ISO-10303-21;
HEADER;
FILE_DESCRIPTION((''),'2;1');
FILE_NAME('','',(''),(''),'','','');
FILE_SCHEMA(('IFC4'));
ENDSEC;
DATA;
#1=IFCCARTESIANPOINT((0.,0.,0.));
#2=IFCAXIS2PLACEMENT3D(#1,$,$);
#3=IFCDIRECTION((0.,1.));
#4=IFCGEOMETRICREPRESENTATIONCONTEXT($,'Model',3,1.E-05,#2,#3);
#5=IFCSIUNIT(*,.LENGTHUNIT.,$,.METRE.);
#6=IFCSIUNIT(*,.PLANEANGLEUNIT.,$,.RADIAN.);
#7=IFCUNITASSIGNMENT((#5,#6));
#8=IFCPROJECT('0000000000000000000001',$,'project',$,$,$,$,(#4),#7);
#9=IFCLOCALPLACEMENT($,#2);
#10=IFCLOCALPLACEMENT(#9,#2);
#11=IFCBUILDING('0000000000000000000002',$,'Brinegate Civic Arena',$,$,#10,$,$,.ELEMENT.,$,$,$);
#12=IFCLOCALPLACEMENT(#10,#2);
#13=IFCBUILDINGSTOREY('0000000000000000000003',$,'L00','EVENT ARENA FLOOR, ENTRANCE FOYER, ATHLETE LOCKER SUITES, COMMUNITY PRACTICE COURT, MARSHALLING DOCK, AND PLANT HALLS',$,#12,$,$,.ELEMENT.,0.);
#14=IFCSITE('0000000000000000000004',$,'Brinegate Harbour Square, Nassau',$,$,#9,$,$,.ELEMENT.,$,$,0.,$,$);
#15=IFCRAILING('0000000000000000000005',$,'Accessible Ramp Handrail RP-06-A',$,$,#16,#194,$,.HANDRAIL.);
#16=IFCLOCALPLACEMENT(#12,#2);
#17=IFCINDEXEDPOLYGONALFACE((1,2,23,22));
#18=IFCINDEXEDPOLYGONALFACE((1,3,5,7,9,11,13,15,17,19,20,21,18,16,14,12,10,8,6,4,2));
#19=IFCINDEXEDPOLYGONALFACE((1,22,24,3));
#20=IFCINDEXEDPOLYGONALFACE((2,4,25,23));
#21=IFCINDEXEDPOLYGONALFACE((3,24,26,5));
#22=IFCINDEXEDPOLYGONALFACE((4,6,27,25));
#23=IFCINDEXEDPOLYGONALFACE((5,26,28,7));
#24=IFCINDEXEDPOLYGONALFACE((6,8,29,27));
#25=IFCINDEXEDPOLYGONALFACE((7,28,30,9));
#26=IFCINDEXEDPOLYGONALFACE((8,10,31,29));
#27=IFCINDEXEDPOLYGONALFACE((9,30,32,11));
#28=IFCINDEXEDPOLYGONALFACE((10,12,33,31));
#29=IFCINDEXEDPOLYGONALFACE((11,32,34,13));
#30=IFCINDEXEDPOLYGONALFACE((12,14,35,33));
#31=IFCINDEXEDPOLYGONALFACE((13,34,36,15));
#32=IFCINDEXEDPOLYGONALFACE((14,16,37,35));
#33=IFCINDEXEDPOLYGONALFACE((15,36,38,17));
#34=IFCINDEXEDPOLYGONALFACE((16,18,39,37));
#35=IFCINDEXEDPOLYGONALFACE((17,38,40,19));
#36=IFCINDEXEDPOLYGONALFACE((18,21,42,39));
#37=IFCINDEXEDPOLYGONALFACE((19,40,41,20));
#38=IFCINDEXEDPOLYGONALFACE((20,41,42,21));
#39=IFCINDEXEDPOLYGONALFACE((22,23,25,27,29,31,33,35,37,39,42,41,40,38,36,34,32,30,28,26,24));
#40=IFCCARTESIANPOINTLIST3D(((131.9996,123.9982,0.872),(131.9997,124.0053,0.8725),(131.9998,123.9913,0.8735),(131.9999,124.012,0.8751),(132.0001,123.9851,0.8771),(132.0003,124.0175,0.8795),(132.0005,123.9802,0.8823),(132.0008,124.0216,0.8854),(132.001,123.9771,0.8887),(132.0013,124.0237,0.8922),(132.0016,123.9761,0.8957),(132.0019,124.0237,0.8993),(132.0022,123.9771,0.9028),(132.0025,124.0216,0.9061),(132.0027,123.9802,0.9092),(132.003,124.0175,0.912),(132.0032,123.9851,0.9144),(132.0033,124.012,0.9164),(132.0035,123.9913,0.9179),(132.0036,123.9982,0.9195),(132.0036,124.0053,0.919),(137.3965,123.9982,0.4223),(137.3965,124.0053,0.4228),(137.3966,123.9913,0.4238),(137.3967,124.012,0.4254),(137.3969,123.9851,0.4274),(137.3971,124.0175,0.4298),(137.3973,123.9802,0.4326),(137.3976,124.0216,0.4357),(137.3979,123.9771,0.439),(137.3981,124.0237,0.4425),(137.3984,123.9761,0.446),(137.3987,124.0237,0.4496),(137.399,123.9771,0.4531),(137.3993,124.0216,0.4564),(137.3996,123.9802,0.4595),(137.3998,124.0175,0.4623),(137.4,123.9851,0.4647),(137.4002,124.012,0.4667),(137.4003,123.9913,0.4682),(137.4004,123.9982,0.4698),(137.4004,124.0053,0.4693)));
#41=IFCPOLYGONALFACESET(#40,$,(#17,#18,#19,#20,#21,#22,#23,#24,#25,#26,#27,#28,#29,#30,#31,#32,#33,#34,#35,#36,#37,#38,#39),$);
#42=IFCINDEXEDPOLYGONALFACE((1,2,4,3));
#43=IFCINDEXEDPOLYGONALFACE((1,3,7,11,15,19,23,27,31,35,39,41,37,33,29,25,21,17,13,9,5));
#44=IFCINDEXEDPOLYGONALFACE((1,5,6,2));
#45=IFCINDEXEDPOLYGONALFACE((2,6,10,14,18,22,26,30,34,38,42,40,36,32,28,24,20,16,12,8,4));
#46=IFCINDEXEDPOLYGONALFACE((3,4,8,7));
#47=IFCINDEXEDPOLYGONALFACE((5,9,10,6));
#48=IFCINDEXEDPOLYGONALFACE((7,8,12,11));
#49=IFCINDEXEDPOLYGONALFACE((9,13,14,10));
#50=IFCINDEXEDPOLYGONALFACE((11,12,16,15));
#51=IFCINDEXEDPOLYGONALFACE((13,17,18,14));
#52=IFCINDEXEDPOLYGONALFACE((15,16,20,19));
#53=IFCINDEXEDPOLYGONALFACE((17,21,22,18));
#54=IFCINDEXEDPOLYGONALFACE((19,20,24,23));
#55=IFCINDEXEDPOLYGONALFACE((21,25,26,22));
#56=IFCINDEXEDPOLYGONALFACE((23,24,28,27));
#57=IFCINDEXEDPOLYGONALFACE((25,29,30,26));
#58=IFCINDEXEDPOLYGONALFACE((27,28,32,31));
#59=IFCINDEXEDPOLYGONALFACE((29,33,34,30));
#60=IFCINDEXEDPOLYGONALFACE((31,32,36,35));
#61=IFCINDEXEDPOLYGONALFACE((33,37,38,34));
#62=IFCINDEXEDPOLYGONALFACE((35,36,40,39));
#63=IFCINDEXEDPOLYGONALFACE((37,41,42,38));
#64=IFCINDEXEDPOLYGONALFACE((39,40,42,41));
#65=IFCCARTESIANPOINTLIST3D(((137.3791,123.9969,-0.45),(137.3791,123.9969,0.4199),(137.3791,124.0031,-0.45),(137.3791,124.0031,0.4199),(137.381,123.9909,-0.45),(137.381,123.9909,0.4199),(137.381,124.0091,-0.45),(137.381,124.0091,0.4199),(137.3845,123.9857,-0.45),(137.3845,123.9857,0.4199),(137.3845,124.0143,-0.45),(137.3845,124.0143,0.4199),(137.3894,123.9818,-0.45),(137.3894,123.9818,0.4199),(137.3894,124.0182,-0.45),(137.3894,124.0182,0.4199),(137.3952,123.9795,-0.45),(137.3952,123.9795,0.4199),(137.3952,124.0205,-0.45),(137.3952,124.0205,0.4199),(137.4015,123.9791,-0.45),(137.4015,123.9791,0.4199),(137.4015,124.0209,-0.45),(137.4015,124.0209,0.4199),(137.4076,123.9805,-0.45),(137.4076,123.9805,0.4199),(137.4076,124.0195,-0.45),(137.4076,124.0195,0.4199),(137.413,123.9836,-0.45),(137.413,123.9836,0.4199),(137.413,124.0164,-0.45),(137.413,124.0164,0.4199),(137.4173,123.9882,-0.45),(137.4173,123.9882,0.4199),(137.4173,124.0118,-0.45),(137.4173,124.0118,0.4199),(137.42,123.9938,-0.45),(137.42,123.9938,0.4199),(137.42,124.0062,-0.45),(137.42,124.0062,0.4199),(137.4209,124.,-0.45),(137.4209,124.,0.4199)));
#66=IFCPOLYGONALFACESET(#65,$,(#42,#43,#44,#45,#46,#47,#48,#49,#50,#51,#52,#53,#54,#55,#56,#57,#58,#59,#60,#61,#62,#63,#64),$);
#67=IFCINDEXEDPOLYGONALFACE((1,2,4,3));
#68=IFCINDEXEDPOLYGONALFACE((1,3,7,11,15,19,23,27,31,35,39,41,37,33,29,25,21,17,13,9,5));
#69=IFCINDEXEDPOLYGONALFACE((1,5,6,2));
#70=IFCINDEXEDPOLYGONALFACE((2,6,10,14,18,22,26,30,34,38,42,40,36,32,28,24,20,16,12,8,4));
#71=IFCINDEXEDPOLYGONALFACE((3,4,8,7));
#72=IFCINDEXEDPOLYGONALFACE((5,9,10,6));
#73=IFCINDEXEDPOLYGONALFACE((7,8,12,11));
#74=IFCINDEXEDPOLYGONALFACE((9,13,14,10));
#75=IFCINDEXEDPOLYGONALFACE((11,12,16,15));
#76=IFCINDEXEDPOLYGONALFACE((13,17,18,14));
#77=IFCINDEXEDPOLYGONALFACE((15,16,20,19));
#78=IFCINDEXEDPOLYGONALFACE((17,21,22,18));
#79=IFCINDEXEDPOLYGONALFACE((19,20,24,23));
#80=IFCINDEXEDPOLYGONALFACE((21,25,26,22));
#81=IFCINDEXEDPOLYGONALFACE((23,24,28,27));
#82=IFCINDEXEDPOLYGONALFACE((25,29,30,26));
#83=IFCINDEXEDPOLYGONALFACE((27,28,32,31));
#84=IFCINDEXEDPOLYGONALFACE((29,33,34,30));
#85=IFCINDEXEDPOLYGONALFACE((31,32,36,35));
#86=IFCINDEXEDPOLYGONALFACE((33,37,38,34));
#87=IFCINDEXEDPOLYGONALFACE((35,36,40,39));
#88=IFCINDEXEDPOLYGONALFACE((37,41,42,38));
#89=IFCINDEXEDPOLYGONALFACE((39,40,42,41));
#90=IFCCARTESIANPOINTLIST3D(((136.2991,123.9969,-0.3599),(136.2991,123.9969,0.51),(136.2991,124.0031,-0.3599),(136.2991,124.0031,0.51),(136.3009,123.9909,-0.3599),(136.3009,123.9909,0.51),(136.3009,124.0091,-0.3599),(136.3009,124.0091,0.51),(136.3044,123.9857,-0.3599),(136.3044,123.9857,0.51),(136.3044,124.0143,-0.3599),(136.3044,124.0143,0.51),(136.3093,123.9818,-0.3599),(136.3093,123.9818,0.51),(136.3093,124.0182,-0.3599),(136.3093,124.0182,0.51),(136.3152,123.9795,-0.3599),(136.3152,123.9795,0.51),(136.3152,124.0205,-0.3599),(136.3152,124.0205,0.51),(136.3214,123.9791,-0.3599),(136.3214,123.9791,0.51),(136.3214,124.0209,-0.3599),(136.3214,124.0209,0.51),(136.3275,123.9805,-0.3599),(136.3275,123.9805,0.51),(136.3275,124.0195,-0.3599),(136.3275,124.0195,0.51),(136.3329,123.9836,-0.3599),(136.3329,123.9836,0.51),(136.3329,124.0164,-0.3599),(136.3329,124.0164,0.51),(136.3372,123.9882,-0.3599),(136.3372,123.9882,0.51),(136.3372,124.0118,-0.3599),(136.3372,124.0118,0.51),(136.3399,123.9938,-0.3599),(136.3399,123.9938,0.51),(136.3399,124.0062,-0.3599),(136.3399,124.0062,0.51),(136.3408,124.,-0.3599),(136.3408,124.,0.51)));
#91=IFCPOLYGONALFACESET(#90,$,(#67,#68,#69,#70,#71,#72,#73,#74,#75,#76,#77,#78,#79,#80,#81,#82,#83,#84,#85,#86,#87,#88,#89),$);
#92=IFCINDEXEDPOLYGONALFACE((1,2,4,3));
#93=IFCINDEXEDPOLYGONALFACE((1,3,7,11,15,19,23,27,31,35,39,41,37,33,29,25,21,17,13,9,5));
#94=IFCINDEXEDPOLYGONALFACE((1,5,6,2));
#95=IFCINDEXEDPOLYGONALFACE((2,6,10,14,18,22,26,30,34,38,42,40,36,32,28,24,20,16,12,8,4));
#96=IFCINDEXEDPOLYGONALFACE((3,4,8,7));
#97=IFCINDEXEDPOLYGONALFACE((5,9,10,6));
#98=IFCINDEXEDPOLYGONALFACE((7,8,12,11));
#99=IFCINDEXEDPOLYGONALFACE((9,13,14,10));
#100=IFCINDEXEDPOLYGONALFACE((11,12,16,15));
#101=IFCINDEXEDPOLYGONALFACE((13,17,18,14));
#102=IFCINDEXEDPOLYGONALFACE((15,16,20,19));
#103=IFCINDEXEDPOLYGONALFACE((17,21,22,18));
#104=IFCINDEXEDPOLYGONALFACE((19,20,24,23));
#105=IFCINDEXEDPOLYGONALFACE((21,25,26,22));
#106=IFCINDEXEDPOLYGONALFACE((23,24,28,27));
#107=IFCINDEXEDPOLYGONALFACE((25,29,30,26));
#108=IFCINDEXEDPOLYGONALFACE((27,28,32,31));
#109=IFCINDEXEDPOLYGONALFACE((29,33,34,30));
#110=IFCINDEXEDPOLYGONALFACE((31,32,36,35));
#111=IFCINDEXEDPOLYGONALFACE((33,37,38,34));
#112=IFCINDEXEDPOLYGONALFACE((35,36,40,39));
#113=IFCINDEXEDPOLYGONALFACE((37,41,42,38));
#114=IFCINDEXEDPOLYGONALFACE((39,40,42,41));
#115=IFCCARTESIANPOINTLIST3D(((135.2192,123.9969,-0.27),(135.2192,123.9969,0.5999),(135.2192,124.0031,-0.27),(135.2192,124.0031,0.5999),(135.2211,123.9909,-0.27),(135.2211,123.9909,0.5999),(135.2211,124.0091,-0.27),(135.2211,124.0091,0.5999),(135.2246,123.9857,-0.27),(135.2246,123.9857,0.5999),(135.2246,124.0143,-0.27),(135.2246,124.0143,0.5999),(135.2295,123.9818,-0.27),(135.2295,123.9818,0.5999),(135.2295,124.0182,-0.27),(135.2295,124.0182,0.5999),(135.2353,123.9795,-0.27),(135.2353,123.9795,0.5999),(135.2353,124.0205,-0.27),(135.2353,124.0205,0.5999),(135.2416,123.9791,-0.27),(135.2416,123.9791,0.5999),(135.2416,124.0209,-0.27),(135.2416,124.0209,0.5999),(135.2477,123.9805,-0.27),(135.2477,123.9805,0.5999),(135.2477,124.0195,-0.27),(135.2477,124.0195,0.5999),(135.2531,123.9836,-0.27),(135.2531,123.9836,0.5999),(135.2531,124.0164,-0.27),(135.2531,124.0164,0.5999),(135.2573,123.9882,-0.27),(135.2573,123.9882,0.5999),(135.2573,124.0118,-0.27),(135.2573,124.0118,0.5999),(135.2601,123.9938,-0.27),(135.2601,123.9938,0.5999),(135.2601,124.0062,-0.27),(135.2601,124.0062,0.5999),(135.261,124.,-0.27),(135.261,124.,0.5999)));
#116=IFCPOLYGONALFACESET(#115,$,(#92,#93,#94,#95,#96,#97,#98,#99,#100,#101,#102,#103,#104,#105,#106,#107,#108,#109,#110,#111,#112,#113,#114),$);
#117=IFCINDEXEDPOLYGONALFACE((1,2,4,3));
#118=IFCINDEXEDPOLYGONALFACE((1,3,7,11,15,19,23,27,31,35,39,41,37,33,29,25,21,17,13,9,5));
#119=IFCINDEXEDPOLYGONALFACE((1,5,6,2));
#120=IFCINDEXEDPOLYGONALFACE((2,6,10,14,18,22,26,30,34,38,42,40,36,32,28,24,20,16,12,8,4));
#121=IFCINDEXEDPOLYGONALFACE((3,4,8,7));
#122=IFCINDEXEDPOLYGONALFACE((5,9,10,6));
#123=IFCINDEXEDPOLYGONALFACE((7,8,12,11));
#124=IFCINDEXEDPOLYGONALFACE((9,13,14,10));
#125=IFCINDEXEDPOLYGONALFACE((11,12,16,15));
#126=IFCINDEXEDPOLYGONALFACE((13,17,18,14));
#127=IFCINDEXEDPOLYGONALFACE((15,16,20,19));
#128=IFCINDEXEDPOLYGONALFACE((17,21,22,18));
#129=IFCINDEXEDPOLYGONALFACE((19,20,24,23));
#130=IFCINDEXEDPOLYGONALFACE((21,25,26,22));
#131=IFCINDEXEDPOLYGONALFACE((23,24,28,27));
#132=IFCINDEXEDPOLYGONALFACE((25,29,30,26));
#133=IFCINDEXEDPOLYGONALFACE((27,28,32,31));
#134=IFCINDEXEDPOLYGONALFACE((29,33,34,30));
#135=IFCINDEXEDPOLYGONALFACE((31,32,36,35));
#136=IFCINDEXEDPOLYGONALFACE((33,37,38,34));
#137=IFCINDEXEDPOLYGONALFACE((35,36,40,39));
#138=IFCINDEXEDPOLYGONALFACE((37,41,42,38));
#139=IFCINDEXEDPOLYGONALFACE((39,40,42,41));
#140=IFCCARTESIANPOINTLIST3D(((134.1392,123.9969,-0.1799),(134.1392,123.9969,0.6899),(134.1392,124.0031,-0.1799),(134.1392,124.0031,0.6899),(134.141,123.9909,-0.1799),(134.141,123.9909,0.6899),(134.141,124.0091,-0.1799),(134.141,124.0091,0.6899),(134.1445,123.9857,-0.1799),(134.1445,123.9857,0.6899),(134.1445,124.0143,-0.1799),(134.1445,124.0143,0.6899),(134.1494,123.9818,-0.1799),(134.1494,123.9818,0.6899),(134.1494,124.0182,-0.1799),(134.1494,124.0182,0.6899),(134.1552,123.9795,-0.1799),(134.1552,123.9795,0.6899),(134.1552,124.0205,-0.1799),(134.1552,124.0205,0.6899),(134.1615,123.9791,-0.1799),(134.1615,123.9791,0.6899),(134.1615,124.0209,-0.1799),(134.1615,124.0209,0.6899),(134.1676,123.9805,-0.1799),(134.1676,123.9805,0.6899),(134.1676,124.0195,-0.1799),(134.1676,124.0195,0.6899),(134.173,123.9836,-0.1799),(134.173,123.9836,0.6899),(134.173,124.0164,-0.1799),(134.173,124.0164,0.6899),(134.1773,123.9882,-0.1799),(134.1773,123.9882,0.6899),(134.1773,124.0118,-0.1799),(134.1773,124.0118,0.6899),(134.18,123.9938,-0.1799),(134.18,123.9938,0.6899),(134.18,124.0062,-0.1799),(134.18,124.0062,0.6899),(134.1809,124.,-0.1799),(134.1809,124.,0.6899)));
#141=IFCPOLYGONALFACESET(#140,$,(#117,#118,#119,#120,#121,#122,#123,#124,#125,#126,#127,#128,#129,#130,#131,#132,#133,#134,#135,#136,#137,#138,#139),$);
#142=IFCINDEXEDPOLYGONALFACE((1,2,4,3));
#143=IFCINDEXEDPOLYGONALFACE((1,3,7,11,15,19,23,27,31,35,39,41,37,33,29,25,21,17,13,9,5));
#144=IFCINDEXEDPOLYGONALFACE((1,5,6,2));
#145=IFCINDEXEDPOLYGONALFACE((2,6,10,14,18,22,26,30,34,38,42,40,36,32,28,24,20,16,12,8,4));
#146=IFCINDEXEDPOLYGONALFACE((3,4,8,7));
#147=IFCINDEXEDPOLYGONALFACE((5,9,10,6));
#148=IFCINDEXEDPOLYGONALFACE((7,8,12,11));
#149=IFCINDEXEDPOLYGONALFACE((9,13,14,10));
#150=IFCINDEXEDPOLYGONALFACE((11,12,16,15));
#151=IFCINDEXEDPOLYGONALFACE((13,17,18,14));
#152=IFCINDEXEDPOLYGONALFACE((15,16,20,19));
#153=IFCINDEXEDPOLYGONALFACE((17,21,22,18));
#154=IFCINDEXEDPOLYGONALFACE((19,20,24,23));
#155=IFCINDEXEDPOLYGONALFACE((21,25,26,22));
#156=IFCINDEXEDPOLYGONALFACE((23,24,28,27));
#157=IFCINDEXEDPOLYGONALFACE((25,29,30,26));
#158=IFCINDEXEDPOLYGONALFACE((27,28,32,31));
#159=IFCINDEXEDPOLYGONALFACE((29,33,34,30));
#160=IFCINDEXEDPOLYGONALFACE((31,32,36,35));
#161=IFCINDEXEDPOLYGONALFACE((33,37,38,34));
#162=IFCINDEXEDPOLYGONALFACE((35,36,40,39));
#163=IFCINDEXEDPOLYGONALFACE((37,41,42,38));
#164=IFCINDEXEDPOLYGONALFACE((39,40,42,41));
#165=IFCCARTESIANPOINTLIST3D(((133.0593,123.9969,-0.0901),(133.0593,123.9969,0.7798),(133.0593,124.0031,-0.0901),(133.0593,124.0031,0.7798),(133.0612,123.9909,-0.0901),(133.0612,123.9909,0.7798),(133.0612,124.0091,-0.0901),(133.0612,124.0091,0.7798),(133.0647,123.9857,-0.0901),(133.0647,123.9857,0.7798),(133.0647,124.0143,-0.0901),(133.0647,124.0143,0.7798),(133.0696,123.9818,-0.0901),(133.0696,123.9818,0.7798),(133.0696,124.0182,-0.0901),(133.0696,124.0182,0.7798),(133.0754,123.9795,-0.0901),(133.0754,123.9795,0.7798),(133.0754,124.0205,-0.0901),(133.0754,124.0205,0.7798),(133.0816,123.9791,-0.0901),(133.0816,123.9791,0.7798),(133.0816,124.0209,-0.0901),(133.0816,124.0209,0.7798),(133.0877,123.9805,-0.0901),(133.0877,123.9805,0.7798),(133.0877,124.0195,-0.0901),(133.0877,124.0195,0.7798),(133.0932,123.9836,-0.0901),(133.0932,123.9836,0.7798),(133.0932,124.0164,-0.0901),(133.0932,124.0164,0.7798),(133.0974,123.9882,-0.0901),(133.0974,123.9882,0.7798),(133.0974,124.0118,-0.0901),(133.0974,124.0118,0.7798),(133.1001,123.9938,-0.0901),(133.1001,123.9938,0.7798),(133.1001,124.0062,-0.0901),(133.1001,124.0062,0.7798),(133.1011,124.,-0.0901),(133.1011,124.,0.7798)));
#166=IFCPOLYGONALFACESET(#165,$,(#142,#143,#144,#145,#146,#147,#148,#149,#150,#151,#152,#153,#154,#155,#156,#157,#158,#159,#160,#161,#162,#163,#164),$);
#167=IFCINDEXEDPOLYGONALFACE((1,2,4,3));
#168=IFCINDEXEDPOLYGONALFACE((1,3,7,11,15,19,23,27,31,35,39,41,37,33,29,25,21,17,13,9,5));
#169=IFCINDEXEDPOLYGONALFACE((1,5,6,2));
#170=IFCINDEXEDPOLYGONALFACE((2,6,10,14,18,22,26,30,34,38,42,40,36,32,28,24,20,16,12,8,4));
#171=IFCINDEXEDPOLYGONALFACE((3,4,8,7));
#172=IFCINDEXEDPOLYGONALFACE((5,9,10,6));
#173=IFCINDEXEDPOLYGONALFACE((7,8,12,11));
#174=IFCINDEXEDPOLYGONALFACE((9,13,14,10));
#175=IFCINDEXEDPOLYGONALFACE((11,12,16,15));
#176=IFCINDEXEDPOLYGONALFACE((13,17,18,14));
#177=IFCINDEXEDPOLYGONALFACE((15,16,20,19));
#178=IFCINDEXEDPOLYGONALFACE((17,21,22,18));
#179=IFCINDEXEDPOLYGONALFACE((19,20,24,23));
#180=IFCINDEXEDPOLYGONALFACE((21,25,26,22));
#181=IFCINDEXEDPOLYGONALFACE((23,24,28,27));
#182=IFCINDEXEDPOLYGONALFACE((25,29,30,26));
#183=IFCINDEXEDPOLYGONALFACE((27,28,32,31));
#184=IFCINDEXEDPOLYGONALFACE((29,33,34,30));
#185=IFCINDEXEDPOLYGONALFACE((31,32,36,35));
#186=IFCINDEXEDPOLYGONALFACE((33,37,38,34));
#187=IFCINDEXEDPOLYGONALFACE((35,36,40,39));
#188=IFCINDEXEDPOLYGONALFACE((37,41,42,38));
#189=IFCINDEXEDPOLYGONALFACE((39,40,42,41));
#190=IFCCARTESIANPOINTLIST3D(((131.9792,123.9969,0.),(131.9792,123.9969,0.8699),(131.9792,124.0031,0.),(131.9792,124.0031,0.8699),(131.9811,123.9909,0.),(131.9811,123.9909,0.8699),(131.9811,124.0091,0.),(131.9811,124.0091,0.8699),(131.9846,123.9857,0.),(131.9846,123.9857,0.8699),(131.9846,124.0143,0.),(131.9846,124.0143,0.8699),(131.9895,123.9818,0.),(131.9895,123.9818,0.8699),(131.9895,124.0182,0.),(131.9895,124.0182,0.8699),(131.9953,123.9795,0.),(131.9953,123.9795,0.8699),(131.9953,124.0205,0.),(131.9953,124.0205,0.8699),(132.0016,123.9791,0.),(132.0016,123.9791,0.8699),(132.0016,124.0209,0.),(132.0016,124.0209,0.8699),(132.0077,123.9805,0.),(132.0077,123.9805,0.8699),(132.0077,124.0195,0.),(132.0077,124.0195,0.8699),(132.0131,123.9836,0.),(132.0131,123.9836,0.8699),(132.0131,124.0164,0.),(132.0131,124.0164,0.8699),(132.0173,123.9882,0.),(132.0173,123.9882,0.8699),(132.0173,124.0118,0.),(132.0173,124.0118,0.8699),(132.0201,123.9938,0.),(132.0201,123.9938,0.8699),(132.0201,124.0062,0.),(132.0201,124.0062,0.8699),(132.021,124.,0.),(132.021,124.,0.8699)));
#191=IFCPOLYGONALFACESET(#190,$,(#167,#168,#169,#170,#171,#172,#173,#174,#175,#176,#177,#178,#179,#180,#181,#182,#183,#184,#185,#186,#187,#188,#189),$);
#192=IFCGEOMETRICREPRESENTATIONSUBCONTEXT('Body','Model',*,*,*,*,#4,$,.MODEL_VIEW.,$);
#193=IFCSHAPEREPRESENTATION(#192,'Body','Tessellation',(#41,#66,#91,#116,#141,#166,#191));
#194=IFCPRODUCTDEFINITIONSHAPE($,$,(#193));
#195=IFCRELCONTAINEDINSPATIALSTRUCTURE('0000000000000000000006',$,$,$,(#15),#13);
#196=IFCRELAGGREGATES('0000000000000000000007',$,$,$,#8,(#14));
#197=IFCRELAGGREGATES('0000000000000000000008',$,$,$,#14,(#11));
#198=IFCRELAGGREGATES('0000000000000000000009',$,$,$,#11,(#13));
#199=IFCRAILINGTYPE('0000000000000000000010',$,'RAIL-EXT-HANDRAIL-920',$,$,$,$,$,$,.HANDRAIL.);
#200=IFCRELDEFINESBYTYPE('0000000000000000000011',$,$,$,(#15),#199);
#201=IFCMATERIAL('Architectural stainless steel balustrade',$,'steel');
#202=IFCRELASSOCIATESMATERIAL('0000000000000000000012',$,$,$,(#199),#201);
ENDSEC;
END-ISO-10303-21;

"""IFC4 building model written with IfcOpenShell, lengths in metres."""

from ifc_helpers import new_model, si_unit, direction, frame, origin, origin_2d, place, context, subcontext, project, spatial, circle, extrude, material, type_object, element, save


model = new_model("IFC4")

# Units and contexts
model_context = context("Model", 3, precision=1e-05, world=origin(), true_north=direction((0.0, 1.0)))
body_context = subcontext(model_context, "Body", "Model", "MODEL_VIEW")
ifc_project = project(units=[si_unit("LENGTHUNIT", "METRE"), si_unit("PLANEANGLEUNIT", "RADIAN")], contexts=[model_context])

# Site, building, storey
site_placement = place(None, origin())
site = spatial("IfcSite", under=ifc_project, at=site_placement, Name="Brinegate Harbour Square, Nassau", CompositionType="ELEMENT", RefElevation=0.0)
building_placement = place(site_placement, origin())
building = spatial("IfcBuilding", under=site, at=building_placement, Name="Brinegate Civic Arena", CompositionType="ELEMENT")
storey_placement = place(building_placement, origin())
storey = spatial("IfcBuildingStorey", under=building, at=storey_placement, Name="L00", Description="EVENT ARENA FLOOR, ENTRANCE FOYER, ATHLETE LOCKER SUITES, COMMUNITY PRACTICE COURT, MARSHALLING DOCK, AND PLANT HALLS", CompositionType="ELEMENT", Elevation=0.0)

# Railing
ifc_material_1 = material(Name="Architectural stainless steel balustrade", Category="steel")
railing_type = type_object("IfcRailingType", Name="RAIL-EXT-HANDRAIL-920", PredefinedType="HANDRAIL", material=ifc_material_1)
for number, where, name in (
    (1, (137.3999, 124.0, -0.45), "Accessible Ramp Handrail RP-06-A"),
):
    element("IfcRailing", number, at=place(storey_placement, frame(where)), inside=storey, type_object=railing_type, Name=name, PredefinedType="HANDRAIL", context=body_context, shape_type="SweptSolid", body=[
        extrude(circle(Radius=0.0239, at=origin_2d()), frame((-0.0015, 0.0, 0.896), z_axis=(-0.996546, 0.0, 0.083038), x_axis=(0.0, -1.0, 0.0)), (0.0, 0.0, 1.0), 5.4155),
        extrude(circle(Radius=0.021, at=origin_2d()), origin(), (0.0, 0.0, 1.0), 0.8699),
        extrude(circle(Radius=0.021, at=origin_2d()), frame((-1.0801, 0.0, 0.0901)), (0.0, 0.0, 1.0), 0.8699),
        extrude(circle(Radius=0.021, at=origin_2d()), frame((-2.1599, 0.0, 0.1799)), (0.0, 0.0, 1.0), 0.8699),
        extrude(circle(Radius=0.021, at=origin_2d()), frame((-3.24, 0.0, 0.27)), (0.0, 0.0, 1.0), 0.8699),
        extrude(circle(Radius=0.021, at=origin_2d()), frame((-4.3198, 0.0, 0.3599)), (0.0, 0.0, 1.0), 0.8699),
        extrude(circle(Radius=0.021, at=origin_2d()), frame((-5.3999, 0.0, 0.45)), (0.0, 0.0, 1.0), 0.8699),
    ])

save(model, "model.ifc")
